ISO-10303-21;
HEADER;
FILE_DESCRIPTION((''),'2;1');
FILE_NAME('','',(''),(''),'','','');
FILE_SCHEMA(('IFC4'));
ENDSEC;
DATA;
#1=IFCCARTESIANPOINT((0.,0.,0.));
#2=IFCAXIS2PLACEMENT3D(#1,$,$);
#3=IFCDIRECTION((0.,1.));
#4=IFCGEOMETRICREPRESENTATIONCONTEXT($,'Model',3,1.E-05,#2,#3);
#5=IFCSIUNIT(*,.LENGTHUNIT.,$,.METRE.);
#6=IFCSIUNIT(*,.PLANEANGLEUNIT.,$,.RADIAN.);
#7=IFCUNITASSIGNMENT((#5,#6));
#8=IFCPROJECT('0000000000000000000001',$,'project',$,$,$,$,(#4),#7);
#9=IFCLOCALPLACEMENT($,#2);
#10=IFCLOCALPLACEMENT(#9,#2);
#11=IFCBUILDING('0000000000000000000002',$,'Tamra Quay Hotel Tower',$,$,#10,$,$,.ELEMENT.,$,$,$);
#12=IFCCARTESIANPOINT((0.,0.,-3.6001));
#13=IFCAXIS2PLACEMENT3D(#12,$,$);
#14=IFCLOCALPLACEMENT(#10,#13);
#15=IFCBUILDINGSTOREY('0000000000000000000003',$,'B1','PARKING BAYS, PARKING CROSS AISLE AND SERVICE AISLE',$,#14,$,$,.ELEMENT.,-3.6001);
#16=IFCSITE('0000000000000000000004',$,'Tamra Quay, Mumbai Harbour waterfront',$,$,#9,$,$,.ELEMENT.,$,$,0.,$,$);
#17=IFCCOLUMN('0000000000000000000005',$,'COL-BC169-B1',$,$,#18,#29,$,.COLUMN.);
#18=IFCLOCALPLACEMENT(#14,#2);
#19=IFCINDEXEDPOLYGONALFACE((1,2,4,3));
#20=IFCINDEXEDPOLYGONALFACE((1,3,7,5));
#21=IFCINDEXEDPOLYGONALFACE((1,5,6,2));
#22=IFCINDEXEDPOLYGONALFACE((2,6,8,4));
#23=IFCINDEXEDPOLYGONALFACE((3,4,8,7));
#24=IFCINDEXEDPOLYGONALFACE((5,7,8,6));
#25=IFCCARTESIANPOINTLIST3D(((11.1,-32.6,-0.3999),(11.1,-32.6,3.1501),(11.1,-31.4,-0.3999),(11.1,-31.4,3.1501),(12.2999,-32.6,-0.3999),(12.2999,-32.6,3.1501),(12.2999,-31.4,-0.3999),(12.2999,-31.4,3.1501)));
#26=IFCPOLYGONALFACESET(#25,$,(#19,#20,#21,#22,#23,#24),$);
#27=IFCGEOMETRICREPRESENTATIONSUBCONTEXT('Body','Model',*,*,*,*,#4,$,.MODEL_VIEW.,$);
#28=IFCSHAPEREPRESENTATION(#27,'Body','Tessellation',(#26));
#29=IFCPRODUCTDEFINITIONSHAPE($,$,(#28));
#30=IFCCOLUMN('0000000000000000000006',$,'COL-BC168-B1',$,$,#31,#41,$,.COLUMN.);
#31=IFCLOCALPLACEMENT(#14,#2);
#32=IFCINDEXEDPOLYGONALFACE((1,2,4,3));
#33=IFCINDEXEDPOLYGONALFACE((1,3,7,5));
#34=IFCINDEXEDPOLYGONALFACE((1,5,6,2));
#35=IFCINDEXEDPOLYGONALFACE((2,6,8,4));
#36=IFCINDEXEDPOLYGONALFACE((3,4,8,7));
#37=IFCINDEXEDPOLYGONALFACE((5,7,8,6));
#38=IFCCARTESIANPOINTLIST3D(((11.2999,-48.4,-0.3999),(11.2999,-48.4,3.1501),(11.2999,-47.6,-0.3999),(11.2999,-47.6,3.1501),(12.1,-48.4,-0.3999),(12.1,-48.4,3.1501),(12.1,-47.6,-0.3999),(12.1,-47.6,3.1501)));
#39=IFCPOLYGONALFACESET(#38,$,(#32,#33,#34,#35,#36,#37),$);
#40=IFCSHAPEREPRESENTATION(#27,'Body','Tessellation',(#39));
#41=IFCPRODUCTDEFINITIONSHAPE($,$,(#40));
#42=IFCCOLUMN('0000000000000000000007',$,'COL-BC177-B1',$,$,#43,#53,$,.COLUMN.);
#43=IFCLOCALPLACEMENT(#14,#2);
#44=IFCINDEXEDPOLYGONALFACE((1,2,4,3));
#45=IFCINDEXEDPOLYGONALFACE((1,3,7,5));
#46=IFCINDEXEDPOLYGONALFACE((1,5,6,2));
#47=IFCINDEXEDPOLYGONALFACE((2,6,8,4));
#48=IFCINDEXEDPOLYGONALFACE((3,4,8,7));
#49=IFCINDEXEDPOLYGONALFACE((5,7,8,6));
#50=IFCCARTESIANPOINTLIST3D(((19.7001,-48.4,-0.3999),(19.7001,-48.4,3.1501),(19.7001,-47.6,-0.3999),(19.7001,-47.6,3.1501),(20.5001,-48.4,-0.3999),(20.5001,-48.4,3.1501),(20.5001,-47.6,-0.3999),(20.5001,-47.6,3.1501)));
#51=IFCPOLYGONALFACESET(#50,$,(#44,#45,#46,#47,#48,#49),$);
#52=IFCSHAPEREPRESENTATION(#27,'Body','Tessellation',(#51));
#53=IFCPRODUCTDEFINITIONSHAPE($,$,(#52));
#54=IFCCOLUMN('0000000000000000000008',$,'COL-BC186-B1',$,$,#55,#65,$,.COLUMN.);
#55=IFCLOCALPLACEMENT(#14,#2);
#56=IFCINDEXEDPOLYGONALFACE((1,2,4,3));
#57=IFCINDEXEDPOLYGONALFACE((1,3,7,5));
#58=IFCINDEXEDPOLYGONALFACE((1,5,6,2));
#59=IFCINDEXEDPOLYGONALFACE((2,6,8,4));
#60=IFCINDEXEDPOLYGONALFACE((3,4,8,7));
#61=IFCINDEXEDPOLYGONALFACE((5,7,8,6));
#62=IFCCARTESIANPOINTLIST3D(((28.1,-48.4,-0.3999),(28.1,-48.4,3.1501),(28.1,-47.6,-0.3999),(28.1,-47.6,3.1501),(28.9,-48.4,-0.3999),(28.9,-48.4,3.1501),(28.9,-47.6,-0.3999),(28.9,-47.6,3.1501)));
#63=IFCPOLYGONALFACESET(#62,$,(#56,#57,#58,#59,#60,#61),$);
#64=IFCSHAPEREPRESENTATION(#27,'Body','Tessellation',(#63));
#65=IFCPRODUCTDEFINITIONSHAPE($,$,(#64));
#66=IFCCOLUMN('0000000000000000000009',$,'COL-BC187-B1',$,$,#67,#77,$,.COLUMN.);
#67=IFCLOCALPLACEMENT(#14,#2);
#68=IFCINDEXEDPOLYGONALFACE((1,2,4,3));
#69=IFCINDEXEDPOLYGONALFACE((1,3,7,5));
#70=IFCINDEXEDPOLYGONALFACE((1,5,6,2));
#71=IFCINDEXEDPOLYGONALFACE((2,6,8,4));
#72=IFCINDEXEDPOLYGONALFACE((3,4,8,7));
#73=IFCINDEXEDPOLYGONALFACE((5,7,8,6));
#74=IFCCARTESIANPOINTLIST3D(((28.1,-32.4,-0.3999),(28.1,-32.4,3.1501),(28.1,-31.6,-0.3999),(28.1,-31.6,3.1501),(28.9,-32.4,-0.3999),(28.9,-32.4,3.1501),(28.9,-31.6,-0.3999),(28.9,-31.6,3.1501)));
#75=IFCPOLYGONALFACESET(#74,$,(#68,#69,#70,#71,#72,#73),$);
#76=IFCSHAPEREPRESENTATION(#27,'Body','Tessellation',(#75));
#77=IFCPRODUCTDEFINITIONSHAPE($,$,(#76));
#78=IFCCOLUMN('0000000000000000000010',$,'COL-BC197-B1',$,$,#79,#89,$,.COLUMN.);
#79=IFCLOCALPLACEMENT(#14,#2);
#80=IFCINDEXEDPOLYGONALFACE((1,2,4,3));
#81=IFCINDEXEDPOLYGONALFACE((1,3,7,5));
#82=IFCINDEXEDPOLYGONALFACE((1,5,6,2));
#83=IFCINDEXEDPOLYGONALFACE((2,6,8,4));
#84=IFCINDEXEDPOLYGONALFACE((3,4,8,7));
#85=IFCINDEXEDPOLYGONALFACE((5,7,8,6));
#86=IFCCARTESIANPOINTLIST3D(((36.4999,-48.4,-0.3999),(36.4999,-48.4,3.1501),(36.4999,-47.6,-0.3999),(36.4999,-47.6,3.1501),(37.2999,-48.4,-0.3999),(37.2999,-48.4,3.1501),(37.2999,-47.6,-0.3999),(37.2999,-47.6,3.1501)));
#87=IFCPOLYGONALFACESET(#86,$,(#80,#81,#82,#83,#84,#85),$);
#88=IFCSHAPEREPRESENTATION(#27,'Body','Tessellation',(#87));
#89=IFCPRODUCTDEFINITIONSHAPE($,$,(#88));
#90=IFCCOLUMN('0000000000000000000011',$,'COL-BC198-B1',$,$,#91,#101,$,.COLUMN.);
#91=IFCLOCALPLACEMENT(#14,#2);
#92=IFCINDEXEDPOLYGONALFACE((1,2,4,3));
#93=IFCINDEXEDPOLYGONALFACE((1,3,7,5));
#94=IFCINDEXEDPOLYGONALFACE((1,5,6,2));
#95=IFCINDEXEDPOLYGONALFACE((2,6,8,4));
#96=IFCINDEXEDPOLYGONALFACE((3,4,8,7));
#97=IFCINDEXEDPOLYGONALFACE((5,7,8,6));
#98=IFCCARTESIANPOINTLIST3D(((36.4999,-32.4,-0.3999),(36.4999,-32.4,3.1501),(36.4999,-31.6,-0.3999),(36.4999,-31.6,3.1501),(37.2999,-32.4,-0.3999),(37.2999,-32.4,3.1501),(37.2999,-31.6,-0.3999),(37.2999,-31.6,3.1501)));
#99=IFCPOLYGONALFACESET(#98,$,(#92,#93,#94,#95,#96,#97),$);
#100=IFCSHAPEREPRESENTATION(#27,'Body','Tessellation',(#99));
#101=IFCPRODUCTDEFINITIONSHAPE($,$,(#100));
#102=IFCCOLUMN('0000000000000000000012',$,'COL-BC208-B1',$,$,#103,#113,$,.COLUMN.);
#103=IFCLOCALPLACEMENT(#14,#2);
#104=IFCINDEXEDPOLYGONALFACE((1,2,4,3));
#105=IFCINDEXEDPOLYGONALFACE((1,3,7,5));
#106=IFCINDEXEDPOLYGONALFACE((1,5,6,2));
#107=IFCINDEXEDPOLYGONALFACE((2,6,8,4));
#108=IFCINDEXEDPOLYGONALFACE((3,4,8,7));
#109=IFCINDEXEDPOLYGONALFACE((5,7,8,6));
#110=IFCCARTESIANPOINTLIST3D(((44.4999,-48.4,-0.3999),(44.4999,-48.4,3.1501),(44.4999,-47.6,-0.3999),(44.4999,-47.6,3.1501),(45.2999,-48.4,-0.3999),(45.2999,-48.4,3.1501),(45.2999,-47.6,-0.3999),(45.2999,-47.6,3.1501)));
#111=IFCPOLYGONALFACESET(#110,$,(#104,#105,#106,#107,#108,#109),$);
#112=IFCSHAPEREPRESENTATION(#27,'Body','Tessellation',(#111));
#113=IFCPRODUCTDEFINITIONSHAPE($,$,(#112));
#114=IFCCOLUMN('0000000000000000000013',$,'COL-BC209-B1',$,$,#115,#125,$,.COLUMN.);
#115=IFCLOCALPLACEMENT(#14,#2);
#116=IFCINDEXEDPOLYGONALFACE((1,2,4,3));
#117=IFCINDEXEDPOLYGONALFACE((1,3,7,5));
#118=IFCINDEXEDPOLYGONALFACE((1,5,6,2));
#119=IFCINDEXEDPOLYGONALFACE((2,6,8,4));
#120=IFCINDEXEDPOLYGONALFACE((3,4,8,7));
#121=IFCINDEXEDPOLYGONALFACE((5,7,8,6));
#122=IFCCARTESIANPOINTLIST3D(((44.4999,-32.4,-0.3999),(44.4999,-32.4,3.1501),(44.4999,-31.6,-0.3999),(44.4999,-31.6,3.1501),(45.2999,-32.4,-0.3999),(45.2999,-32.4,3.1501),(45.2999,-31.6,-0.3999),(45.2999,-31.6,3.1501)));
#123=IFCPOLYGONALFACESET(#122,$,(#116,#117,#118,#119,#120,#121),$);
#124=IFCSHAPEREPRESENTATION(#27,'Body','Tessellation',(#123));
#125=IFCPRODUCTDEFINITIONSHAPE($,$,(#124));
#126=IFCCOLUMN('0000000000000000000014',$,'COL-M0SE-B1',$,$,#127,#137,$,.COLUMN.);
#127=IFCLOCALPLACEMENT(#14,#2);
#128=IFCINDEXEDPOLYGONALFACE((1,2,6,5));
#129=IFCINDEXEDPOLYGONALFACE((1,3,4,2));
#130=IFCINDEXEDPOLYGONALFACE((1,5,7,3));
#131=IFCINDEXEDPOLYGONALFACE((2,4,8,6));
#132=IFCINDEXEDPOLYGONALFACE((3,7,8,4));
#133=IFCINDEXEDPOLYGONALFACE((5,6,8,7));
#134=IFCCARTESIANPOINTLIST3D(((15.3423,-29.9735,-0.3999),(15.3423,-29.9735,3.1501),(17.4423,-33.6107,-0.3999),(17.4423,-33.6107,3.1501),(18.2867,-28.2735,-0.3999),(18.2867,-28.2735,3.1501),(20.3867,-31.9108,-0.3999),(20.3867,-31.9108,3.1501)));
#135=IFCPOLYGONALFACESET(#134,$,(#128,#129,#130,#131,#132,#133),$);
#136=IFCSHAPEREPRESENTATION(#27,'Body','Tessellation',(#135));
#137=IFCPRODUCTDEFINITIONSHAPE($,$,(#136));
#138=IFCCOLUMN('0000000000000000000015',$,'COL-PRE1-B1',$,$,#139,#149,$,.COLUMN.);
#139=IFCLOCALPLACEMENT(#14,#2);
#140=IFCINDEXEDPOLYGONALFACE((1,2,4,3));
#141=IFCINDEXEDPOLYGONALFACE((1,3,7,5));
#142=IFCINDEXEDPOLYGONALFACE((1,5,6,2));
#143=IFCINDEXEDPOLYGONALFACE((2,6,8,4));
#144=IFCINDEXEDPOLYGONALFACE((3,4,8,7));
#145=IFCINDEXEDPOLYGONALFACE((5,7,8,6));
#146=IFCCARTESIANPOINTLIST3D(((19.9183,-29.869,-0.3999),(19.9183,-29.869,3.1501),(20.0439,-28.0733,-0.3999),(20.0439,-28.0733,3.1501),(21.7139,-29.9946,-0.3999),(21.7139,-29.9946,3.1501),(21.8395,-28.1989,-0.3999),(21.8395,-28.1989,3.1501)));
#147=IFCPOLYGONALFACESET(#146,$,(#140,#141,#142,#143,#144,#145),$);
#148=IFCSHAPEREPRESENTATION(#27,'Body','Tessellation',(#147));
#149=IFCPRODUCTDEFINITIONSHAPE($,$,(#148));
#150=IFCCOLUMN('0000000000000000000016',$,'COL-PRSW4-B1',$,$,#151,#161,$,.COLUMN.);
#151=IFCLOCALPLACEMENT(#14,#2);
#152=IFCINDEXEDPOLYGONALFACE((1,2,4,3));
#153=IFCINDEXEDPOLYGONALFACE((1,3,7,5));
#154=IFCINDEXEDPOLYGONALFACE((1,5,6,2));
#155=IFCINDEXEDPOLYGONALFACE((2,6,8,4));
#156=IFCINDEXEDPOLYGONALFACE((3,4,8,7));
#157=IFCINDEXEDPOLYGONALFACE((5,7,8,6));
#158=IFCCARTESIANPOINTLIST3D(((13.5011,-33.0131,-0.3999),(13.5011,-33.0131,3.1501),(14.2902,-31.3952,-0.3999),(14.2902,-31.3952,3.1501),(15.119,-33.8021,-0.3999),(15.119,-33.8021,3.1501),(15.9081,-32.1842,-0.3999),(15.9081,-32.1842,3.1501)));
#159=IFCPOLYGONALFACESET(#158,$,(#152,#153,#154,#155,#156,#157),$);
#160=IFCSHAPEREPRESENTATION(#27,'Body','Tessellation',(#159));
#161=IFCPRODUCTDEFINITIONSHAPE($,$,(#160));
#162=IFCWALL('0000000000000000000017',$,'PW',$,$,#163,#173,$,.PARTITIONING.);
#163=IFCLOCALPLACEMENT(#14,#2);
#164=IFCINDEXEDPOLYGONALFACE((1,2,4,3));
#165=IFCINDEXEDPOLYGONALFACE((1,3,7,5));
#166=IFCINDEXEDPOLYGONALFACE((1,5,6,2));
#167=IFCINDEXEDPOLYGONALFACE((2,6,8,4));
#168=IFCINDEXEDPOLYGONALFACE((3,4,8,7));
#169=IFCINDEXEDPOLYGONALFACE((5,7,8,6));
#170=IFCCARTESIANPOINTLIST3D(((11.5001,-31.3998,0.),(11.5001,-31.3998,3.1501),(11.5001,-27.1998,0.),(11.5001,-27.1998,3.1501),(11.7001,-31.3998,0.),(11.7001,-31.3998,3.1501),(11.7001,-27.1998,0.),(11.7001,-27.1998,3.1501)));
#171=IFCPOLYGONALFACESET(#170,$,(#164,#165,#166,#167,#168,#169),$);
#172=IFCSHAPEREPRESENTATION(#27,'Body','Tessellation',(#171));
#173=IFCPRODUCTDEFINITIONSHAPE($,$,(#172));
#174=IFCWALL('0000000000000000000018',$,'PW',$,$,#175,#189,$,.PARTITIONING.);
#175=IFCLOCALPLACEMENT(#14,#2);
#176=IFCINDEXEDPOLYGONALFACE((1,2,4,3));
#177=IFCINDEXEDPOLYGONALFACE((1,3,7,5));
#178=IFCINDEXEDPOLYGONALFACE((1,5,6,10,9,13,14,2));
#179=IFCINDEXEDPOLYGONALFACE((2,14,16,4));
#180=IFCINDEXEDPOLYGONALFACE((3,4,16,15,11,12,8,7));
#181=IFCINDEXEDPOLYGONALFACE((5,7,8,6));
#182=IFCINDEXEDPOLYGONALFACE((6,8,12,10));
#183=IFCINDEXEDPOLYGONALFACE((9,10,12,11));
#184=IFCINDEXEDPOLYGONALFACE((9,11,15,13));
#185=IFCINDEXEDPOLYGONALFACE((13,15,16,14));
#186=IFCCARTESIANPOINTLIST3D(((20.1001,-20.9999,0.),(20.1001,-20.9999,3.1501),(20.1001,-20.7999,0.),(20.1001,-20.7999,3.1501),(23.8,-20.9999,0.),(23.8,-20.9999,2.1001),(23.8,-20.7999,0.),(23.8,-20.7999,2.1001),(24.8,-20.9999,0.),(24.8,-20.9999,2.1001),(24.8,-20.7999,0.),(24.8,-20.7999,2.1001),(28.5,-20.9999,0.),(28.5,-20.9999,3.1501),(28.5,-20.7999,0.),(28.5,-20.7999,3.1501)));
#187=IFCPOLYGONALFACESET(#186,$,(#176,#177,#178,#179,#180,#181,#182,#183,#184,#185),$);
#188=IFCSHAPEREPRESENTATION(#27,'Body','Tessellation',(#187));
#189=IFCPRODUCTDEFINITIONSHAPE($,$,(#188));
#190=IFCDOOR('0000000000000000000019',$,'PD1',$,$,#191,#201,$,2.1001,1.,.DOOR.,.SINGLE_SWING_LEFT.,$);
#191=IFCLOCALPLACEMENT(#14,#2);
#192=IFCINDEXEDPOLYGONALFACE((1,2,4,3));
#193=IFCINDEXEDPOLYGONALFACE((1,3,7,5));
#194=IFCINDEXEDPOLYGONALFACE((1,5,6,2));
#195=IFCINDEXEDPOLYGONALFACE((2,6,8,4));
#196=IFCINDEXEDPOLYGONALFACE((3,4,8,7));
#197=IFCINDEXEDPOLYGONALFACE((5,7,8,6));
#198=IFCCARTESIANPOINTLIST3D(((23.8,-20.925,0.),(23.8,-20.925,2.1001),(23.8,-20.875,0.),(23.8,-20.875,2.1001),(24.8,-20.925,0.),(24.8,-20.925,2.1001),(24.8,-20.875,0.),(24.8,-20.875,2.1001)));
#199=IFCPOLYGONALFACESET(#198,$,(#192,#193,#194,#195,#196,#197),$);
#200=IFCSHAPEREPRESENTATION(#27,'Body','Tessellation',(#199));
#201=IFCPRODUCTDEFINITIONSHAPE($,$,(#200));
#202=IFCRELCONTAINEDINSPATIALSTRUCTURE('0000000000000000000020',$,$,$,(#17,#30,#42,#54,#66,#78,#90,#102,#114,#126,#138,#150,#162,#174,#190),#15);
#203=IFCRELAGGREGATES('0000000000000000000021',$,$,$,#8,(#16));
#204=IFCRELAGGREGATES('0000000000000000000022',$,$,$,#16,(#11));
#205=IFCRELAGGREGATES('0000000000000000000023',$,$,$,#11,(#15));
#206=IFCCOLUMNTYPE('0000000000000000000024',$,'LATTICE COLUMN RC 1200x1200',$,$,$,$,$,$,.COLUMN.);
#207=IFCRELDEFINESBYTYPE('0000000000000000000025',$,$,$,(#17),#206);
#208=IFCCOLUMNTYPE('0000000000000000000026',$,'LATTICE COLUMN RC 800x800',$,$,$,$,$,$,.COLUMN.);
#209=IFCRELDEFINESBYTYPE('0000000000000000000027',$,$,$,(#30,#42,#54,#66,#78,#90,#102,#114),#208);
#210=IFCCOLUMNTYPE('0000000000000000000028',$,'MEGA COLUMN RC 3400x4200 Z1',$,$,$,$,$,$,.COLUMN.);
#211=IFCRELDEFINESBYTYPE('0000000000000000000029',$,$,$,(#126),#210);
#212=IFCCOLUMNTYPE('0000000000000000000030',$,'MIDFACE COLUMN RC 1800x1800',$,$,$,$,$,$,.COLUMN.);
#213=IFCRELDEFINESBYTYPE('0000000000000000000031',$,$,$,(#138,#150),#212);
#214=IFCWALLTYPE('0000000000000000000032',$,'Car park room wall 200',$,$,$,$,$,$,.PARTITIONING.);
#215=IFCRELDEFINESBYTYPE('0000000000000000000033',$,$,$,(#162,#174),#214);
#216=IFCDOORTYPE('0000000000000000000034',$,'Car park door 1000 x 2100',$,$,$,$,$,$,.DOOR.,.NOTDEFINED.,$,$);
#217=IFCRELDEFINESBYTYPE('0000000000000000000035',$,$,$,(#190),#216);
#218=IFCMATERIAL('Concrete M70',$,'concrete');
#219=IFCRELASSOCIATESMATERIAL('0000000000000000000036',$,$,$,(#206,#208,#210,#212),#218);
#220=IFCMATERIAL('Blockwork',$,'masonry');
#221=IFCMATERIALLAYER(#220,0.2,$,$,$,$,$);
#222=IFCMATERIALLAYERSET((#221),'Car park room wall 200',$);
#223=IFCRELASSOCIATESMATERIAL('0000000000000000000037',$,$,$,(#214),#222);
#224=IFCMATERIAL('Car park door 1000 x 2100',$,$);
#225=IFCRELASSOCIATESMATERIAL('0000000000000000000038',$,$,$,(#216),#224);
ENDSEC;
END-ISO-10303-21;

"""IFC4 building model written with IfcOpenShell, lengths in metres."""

from ifc_helpers import new_model, si_unit, direction, frame, frame_2d, origin, origin_2d, place, context, subcontext, project, spatial, rectangle, extrude, material, layer, layer_set, material_profile, profile_set, type_object, element, fill, save


model = new_model("IFC4")

# Units and contexts
model_context = context("Model", 3, precision=1e-05, world=origin(), true_north=direction((0.0, 1.0)))
body_context = subcontext(model_context, "Body", "Model", "MODEL_VIEW")
ifc_project = project(units=[si_unit("LENGTHUNIT", "METRE"), si_unit("PLANEANGLEUNIT", "RADIAN")], contexts=[model_context])

# Site, building, storey
site_placement = place(None, origin())
site = spatial("IfcSite", under=ifc_project, at=site_placement, Name="Tamra Quay, Mumbai Harbour waterfront", CompositionType="ELEMENT", RefElevation=0.0)
building_placement = place(site_placement, origin())
building = spatial("IfcBuilding", under=site, at=building_placement, Name="Tamra Quay Hotel Tower", CompositionType="ELEMENT")
storey_placement = place(building_placement, frame((0.0, 0.0, -3.6001)))
storey = spatial("IfcBuildingStorey", under=building, at=storey_placement, Name="B1", Description="PARKING BAYS, PARKING CROSS AISLE AND SERVICE AISLE", CompositionType="ELEMENT", Elevation=-3.6001)

# Columns
ifc_material_1 = material(Name="Concrete M70", Category="concrete")
ifc_material_profile_1 = material_profile(ifc_material_1, rectangle(XDim=1.2, YDim=1.2, at=origin_2d()), Name="LATTICE COLUMN RC 1200x1200")
ifc_profile_set_1 = profile_set([ifc_material_profile_1], Name="Concrete M70")
column_type_1 = type_object("IfcColumnType", Name="LATTICE COLUMN RC 1200x1200", PredefinedType="COLUMN", material=ifc_profile_set_1)
column_1_placement = place(storey_placement, frame((11.7, -32.0, -0.3999), z_axis=(0.0, 0.0, 1.0), x_axis=(1.0, 0.0, 0.0)))
element("IfcColumn", 1, at=column_1_placement, inside=storey, type_object=column_type_1, Name="COL-BC169-B1", PredefinedType="COLUMN", context=body_context, shape_type="SweptSolid", body=[
    extrude(rectangle(XDim=1.2, YDim=1.2, at=origin_2d()), origin(), (0.0, 0.0, 1.0), 3.55),
])
ifc_material_profile_2 = material_profile(ifc_material_1, rectangle(XDim=0.8, YDim=0.8, at=origin_2d()), Name="LATTICE COLUMN RC 800x800")
ifc_profile_set_2 = profile_set([ifc_material_profile_2], Name="Concrete M70")
column_type_2 = type_object("IfcColumnType", Name="LATTICE COLUMN RC 800x800", PredefinedType="COLUMN", material=ifc_profile_set_2)
for number, where, z_axis, x_axis, name in (
    (2, (11.7, -48.0, -0.3999), (0.0, 0.0, 1.0), (1.0, 0.0, 0.0), "COL-BC168-B1"),
    (3, (20.1001, -48.0, -0.3999), (0.0, 0.0, 1.0), (1.0, 0.0, 0.0), "COL-BC177-B1"),
    (4, (28.5, -48.0, -0.3999), (0.0, 0.0, 1.0), (1.0, 0.0, 0.0), "COL-BC186-B1"),
    (5, (28.5, -32.0, -0.3999), (0.0, 0.0, 1.0), (1.0, 0.0, 0.0), "COL-BC187-B1"),
    (6, (36.8999, -48.0, -0.3999), (0.0, 0.0, 1.0), (1.0, 0.0, 0.0), "COL-BC197-B1"),
    (7, (36.8999, -32.0, -0.3999), (0.0, 0.0, 1.0), (1.0, 0.0, 0.0), "COL-BC198-B1"),
    (8, (44.8999, -48.0, -0.3999), (0.0, 0.0, 1.0), (1.0, 0.0, 0.0), "COL-BC208-B1"),
    (9, (44.8999, -32.0, -0.3999), (0.0, 0.0, 1.0), (1.0, 0.0, 0.0), "COL-BC209-B1"),
):
    element("IfcColumn", number, at=place(storey_placement, frame(where, z_axis=z_axis, x_axis=x_axis)), inside=storey, type_object=column_type_2, Name=name, PredefinedType="COLUMN", context=body_context, shape_type="SweptSolid", body=[
        extrude(rectangle(XDim=0.8, YDim=0.8, at=origin_2d()), origin(), (0.0, 0.0, 1.0), 3.55),
    ])
ifc_material_profile_3 = material_profile(ifc_material_1, rectangle(XDim=4.2, YDim=3.3999, at=origin_2d()), Name="MEGA COLUMN RC 3400x4200 Z1")
ifc_profile_set_3 = profile_set([ifc_material_profile_3], Name="Concrete M70")
column_type_3 = type_object("IfcColumnType", Name="MEGA COLUMN RC 3400x4200 Z1", PredefinedType="COLUMN", material=ifc_profile_set_3)
column_2_placement = place(storey_placement, frame((17.8645, -30.9421, -0.3999), z_axis=(0.0, 0.0, 1.0), x_axis=(-0.5, 0.866025, 0.0)))
element("IfcColumn", 10, at=column_2_placement, inside=storey, type_object=column_type_3, Name="COL-M0SE-B1", PredefinedType="COLUMN", context=body_context, shape_type="SweptSolid", body=[
    extrude(rectangle(XDim=4.2, YDim=3.3999, at=origin_2d()), origin(), (0.0, 0.0, 1.0), 3.55),
])
ifc_material_profile_4 = material_profile(ifc_material_1, rectangle(XDim=1.8, YDim=1.8, at=origin_2d()), Name="MIDFACE COLUMN RC 1800x1800")
ifc_profile_set_4 = profile_set([ifc_material_profile_4], Name="Concrete M70")
column_type_4 = type_object("IfcColumnType", Name="MIDFACE COLUMN RC 1800x1800", PredefinedType="COLUMN", material=ifc_profile_set_4)
for number, where, z_axis, x_axis, name in (
    (11, (20.8789, -29.0339, -0.3999), (0.0, 0.0, 1.0), (-0.997562, 0.06979, 0.0), "COL-PRE1-B1"),
    (12, (14.7046, -32.5986, -0.3999), (0.0, 0.0, 1.0), (0.438341, 0.898809, 0.0), "COL-PRSW4-B1"),
):
    element("IfcColumn", number, at=place(storey_placement, frame(where, z_axis=z_axis, x_axis=x_axis)), inside=storey, type_object=column_type_4, Name=name, PredefinedType="COLUMN", context=body_context, shape_type="SweptSolid", body=[
        extrude(rectangle(XDim=1.8, YDim=1.8, at=origin_2d()), origin(), (0.0, 0.0, 1.0), 3.55),
    ])

# Wall
ifc_material_2 = material(Name="Blockwork", Category="masonry")
ifc_layer_1 = layer(ifc_material_2, 0.2)
ifc_layer_set_1 = layer_set([ifc_layer_1], Name="Car park room wall 200")
wall_type_1 = type_object("IfcWallType", Name="Car park room wall 200", PredefinedType="PARTITIONING", material=ifc_layer_set_1)
wall_1_placement = place(storey_placement, frame((11.6001, -31.3999, 0.0), z_axis=(0.0, 0.0, 1.0), x_axis=(0.0, 1.0, 0.0)))
element("IfcWall", 13, at=wall_1_placement, inside=storey, type_object=wall_type_1, Name="PW", PredefinedType="PARTITIONING", context=body_context, shape_type="SweptSolid", body=[
    extrude(rectangle(XDim=4.2, YDim=0.2, at=frame_2d((2.1001, 0.0))), origin(), (0.0, 0.0, 1.0), 3.1501),
])

# Wall, opening, door
wall_2_placement = place(storey_placement, frame((20.1001, -20.8999, 0.0), z_axis=(0.0, 0.0, 1.0), x_axis=(1.0, 0.0, 0.0)))
wall_2 = element("IfcWall", 14, at=wall_2_placement, inside=storey, type_object=wall_type_1, Name="PW", PredefinedType="PARTITIONING", context=body_context, shape_type="SweptSolid", body=[
    extrude(rectangle(XDim=8.3999, YDim=0.2, at=frame_2d((4.2, 0.0))), origin(), (0.0, 0.0, 1.0), 3.1501),
])
opening_1_placement = place(wall_2_placement, frame((3.7, 0.0, 0.0)))
opening_1 = element("IfcOpeningElement", 15, at=opening_1_placement, cuts=wall_2, PredefinedType="OPENING", context=body_context, shape_type="SweptSolid", body=[
    extrude(rectangle(XDim=1.0, YDim=2.1001, at=frame_2d((0.5, 1.05))), frame((0.0, 0.1099, 0.0), z_axis=(0.0, -1.0, 0.0), x_axis=(1.0, 0.0, 0.0)), (0.0, 0.0, 1.0), 0.22),
])
ifc_material_3 = material(Name="Car park door 1000 x 2100")
door_type_1 = type_object("IfcDoorType", Name="Car park door 1000 x 2100", OperationType="NOTDEFINED", PredefinedType="DOOR", material=ifc_material_3)
door_1_placement = place(opening_1_placement, origin())
door_1 = element("IfcDoor", 16, at=door_1_placement, inside=storey, type_object=door_type_1, Name="PD1", OperationType="SINGLE_SWING_LEFT", OverallHeight=2.1001, OverallWidth=1.0, PredefinedType="DOOR", context=body_context, shape_type="SweptSolid", body=[
    extrude(rectangle(XDim=1.0, YDim=2.1001, at=frame_2d((0.5, 1.05))), frame((0.0, 0.0249, 0.0), z_axis=(0.0, -1.0, 0.0), x_axis=(1.0, 0.0, 0.0)), (0.0, 0.0, 1.0), 0.05),
])
fill(opening_1, door_1)

save(model, "model.ifc")
